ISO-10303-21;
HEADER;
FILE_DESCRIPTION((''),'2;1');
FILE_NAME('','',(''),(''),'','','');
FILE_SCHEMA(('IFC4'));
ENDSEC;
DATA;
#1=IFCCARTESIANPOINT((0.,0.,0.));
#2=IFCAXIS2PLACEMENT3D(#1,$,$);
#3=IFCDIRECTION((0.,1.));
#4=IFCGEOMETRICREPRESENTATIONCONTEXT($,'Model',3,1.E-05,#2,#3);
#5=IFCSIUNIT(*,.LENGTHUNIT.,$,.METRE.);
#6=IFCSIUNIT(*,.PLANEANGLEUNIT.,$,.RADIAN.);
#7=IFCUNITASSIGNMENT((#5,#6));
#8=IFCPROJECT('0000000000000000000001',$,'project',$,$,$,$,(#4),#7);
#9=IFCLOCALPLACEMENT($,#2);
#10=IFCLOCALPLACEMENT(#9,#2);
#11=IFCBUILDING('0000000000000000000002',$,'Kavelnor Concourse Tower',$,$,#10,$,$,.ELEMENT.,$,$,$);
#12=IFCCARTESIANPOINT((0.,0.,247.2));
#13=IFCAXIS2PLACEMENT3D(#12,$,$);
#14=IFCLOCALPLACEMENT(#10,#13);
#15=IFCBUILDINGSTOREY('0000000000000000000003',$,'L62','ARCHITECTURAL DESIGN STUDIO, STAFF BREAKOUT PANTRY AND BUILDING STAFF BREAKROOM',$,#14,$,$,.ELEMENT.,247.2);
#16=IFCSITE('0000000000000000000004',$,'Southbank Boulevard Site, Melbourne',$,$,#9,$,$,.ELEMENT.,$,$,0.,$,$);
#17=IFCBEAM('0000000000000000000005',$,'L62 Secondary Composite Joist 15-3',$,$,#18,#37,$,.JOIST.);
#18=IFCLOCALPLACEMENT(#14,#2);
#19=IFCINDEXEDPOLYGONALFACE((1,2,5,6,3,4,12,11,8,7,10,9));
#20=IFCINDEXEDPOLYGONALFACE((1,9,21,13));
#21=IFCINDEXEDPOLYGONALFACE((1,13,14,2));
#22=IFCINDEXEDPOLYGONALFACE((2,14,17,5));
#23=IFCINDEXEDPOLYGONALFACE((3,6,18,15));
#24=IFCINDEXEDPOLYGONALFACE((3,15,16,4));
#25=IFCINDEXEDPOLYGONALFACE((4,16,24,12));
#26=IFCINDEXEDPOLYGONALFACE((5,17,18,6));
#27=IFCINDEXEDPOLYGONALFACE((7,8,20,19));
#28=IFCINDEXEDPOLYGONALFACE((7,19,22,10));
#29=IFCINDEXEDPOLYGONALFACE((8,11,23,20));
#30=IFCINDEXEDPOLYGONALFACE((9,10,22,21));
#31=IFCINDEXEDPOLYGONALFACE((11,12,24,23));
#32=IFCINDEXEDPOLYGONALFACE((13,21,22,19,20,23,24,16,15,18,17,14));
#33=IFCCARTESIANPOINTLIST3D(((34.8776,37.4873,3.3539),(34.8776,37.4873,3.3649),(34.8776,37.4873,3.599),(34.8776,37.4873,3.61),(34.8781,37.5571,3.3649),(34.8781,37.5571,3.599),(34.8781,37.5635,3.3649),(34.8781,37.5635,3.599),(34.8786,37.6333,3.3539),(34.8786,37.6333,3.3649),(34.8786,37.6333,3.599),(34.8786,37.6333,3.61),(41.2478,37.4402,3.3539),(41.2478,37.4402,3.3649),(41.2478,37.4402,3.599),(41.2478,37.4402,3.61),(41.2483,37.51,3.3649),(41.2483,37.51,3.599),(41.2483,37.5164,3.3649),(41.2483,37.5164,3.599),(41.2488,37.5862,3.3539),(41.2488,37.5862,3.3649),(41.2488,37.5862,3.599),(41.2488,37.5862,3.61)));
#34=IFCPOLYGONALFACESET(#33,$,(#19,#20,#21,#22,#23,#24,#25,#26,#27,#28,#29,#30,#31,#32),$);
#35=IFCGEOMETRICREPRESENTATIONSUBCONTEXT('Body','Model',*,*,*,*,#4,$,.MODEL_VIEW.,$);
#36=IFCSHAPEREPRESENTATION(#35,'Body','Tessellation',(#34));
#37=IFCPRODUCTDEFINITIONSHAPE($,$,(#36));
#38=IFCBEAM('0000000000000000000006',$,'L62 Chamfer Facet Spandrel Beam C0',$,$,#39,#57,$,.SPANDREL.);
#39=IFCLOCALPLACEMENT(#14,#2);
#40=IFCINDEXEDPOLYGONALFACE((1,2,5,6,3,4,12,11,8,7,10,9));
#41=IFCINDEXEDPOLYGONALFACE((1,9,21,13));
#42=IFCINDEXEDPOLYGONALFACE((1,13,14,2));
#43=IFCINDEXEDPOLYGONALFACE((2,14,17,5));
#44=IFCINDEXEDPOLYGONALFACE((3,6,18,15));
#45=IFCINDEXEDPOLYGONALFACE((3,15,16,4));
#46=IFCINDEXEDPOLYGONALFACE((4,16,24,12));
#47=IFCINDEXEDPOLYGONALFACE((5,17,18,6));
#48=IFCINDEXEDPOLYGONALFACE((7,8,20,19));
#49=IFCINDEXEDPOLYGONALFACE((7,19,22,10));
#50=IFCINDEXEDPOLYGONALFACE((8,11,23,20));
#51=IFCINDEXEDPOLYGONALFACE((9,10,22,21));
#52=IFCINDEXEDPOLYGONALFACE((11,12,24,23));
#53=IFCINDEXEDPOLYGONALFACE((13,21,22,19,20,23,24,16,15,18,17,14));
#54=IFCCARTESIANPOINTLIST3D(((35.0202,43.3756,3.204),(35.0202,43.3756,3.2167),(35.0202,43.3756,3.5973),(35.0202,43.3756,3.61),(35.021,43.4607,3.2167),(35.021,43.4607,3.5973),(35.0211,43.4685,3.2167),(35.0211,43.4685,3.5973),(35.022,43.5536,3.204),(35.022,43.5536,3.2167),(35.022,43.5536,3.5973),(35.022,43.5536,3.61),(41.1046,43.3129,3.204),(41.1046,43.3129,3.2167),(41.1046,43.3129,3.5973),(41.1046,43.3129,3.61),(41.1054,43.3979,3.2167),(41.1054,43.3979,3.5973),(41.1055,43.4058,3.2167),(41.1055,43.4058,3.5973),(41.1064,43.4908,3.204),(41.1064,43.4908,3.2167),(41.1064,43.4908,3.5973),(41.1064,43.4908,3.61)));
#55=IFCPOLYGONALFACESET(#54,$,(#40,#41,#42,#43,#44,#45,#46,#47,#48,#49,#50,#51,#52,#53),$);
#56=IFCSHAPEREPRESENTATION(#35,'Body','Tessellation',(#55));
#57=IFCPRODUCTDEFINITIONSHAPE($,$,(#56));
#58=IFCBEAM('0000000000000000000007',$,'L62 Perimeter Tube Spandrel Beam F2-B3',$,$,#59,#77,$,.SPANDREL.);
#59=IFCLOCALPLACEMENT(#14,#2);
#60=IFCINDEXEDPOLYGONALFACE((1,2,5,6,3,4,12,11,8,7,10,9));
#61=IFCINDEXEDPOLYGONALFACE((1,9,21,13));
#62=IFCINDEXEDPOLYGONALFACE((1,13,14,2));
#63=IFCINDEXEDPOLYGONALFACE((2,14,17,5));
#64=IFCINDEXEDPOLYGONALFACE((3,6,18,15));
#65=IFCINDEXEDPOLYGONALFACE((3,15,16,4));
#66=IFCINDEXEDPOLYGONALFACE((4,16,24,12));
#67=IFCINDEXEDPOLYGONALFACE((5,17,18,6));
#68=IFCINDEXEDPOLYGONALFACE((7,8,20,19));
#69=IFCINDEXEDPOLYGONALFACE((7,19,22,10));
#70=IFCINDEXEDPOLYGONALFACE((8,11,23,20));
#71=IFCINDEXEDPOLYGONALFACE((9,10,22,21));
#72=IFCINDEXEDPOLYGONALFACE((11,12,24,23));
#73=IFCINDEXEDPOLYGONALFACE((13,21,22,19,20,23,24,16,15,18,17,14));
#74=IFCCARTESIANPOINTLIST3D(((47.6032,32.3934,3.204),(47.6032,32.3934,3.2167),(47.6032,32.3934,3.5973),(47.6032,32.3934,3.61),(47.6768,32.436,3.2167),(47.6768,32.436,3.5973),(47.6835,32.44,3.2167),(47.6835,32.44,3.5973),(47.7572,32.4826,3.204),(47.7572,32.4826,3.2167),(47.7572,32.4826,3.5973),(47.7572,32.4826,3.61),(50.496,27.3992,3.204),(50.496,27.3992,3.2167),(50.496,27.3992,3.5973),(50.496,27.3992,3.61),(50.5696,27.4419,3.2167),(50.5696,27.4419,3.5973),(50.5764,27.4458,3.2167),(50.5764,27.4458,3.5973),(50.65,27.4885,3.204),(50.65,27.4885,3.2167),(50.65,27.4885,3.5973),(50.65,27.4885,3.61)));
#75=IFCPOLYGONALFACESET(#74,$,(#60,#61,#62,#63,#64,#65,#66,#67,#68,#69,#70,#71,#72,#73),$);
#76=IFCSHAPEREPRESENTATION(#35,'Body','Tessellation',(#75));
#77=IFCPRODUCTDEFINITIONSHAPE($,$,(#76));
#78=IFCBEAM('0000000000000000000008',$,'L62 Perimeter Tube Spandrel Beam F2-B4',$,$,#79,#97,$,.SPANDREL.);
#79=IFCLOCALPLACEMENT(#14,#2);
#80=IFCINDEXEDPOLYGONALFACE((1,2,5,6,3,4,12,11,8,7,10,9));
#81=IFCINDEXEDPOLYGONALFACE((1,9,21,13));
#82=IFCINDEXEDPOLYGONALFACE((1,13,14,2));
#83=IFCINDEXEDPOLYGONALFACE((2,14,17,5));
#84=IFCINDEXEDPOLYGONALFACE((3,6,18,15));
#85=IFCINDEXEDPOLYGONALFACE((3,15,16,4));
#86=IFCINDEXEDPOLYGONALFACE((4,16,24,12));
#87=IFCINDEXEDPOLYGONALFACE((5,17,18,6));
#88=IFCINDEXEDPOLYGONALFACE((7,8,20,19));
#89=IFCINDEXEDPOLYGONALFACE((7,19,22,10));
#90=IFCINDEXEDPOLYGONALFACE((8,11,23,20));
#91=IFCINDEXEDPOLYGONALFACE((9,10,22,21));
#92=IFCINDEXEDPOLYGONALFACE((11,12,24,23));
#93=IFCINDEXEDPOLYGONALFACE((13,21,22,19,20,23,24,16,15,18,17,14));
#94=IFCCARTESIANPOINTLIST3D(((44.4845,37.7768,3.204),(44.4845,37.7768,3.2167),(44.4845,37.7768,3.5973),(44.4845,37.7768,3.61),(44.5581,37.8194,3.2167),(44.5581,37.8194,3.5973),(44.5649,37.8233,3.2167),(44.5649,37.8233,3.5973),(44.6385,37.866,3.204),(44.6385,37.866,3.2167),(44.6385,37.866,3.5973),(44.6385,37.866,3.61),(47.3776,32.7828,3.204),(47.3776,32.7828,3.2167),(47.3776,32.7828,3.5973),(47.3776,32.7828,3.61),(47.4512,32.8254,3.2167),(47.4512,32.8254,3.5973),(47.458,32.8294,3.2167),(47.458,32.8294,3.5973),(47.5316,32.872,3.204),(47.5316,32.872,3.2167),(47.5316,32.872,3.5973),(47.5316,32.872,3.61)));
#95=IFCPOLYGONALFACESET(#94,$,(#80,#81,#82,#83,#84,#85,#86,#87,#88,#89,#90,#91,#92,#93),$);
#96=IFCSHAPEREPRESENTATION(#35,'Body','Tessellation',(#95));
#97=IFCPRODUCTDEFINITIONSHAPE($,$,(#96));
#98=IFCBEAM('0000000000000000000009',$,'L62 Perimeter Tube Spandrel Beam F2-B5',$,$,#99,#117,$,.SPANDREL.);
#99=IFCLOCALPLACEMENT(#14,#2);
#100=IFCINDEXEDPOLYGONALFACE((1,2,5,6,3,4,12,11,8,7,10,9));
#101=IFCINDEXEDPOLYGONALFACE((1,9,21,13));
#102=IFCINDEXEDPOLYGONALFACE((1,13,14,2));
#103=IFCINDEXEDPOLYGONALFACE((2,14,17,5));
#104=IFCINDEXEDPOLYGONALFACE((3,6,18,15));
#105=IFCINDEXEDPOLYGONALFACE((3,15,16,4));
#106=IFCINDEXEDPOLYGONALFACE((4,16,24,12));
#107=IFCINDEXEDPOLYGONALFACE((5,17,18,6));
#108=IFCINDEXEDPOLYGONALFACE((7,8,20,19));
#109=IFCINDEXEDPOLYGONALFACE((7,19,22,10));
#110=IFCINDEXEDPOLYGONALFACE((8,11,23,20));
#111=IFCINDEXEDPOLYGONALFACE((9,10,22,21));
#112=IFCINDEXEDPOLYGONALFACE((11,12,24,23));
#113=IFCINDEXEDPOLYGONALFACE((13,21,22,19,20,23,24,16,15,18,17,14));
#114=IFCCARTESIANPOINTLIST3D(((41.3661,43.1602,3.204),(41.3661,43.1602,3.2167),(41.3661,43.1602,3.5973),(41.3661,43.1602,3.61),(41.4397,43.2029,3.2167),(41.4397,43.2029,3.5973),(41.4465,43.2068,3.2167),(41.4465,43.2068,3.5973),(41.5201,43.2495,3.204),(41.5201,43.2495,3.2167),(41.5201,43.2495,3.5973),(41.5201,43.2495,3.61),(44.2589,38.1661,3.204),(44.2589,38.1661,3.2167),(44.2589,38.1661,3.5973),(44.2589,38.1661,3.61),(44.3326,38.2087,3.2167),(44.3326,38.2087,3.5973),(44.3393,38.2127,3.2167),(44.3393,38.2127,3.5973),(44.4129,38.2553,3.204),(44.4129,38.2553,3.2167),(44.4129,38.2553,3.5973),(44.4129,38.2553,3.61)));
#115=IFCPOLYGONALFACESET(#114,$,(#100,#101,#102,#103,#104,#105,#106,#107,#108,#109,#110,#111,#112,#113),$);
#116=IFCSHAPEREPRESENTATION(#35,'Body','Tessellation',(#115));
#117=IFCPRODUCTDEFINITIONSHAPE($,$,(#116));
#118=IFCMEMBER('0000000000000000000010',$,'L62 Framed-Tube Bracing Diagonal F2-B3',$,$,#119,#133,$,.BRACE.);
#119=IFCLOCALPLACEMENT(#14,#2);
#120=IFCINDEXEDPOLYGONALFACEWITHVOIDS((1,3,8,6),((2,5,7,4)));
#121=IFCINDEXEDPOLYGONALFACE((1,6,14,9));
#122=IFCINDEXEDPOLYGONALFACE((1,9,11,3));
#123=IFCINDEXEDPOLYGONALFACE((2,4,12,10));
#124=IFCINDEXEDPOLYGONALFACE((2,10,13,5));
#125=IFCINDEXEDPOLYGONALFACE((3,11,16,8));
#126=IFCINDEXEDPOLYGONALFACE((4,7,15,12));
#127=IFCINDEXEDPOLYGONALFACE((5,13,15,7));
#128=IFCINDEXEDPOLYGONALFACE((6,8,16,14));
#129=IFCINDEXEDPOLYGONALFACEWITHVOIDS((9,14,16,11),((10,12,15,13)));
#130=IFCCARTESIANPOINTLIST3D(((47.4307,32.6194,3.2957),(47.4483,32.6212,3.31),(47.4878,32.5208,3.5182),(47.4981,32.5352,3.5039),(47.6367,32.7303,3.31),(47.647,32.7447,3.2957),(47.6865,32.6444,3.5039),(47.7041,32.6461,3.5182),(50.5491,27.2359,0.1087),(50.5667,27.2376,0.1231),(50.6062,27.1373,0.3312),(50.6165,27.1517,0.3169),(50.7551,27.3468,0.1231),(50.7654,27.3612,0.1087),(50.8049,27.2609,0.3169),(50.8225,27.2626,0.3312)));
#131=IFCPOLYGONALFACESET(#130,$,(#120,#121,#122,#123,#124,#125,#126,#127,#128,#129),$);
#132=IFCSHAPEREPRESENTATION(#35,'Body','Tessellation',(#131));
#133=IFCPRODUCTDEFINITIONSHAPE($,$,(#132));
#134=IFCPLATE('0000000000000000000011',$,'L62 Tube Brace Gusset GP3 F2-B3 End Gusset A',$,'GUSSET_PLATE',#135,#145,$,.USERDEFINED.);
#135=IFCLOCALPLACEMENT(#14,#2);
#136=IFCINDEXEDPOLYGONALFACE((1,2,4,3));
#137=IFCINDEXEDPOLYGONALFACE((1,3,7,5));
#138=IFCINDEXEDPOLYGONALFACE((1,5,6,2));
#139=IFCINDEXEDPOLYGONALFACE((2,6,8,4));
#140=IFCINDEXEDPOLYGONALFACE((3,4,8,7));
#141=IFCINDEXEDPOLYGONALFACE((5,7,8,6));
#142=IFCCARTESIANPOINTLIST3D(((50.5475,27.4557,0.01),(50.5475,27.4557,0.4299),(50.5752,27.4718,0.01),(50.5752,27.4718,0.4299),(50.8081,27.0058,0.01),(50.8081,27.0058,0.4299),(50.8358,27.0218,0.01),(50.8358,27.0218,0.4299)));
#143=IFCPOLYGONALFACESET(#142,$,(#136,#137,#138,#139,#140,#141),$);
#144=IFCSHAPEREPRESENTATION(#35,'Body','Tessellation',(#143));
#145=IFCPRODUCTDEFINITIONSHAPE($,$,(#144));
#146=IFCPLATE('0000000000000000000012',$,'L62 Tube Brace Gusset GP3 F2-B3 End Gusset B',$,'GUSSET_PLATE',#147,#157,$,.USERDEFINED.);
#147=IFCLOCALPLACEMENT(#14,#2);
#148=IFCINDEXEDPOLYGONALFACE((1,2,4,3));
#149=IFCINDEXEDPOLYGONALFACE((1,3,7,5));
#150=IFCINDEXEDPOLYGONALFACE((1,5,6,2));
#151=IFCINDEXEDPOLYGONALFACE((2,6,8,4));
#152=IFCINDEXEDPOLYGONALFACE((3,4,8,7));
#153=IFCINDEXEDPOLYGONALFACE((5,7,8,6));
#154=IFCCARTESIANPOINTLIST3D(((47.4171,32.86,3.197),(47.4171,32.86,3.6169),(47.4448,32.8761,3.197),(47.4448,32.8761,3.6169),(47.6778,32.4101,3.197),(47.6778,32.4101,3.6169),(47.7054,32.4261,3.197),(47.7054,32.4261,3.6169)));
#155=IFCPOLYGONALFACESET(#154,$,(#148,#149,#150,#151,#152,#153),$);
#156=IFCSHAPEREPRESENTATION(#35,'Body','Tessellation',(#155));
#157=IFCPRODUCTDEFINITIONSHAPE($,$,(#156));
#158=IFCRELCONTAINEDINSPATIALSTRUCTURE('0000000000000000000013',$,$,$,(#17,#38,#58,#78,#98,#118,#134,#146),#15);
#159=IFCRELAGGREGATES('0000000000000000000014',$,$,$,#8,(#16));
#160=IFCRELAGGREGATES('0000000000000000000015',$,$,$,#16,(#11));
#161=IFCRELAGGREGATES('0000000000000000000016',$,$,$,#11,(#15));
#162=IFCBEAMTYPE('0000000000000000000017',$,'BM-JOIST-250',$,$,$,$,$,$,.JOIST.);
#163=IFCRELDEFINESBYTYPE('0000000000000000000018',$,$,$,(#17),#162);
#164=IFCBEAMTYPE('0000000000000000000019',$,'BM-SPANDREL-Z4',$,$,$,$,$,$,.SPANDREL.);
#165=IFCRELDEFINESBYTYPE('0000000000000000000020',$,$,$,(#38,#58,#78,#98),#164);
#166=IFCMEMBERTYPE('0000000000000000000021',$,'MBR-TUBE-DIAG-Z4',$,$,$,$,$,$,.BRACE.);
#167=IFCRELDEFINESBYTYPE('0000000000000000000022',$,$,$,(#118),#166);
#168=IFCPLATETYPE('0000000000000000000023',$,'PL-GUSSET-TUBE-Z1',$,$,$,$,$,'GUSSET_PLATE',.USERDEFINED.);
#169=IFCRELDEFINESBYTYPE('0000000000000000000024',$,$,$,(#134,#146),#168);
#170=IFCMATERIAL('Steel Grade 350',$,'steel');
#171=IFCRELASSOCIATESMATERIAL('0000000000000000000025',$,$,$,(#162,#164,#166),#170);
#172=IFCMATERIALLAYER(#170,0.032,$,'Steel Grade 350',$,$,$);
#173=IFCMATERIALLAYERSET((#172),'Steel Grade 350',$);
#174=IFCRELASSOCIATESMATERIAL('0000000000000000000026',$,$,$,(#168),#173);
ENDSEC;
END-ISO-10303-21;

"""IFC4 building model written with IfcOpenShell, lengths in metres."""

from ifc_helpers import new_model, si_unit, direction, frame, origin, origin_2d, place, context, subcontext, project, spatial, rectangle, hollow_rectangle, i_section, extrude, material, layer, layer_set, material_profile, profile_set, type_object, element, save


model = new_model("IFC4")

# Units and contexts
model_context = context("Model", 3, precision=1e-05, world=origin(), true_north=direction((0.0, 1.0)))
body_context = subcontext(model_context, "Body", "Model", "MODEL_VIEW")
ifc_project = project(units=[si_unit("LENGTHUNIT", "METRE"), si_unit("PLANEANGLEUNIT", "RADIAN")], contexts=[model_context])

# Site, building, storey
site_placement = place(None, origin())
site = spatial("IfcSite", under=ifc_project, at=site_placement, Name="Southbank Boulevard Site, Melbourne", CompositionType="ELEMENT", RefElevation=0.0)
building_placement = place(site_placement, origin())
building = spatial("IfcBuilding", under=site, at=building_placement, Name="Kavelnor Concourse Tower", CompositionType="ELEMENT")
storey_placement = place(building_placement, frame((0.0, 0.0, 247.2)))
storey = spatial("IfcBuildingStorey", under=building, at=storey_placement, Name="L62", Description="ARCHITECTURAL DESIGN STUDIO, STAFF BREAKOUT PANTRY AND BUILDING STAFF BREAKROOM", CompositionType="ELEMENT", Elevation=247.2)

# Shared definitions
ifc_material_1 = material(Name="Steel Grade 350", Category="steel")

# Beams
ifc_material_profile_1 = material_profile(ifc_material_1, i_section(OverallWidth=0.146, OverallDepth=0.2561, WebThickness=0.0063, FlangeThickness=0.011, at=origin_2d()), Name="250UB37")
ifc_profile_set_1 = profile_set([ifc_material_profile_1], Name="Steel Grade 350")
beam_type_1 = type_object("IfcBeamType", Name="BM-JOIST-250", PredefinedType="JOIST", material=ifc_profile_set_1)
beam_1_placement = place(storey_placement, frame((41.2483, 37.5132, 3.4819), z_axis=(-0.999973, 0.007397, 0.0), x_axis=(-0.007397, -0.999973, 0.0)))
element("IfcBeam", 1, at=beam_1_placement, inside=storey, type_object=beam_type_1, Name="L62 Secondary Composite Joist 15-3", PredefinedType="JOIST", context=body_context, shape_type="SweptSolid", body=[
    extrude(i_section(OverallWidth=0.146, OverallDepth=0.2561, WebThickness=0.0063, FlangeThickness=0.011, at=origin_2d()), origin(), (0.0, 0.0, 1.0), 6.3704),
])
ifc_material_profile_2 = material_profile(ifc_material_1, i_section(OverallWidth=0.178, OverallDepth=0.406, WebThickness=0.0078, FlangeThickness=0.0127, at=origin_2d()), Name="410UB59")
ifc_profile_set_2 = profile_set([ifc_material_profile_2], Name="Steel Grade 350")
beam_type_2 = type_object("IfcBeamType", Name="BM-SPANDREL-Z4", PredefinedType="SPANDREL", material=ifc_profile_set_2)
beam_2_placement = place(storey_placement, frame((41.1055, 43.4019, 3.407), z_axis=(-0.999947, 0.010312, 0.0), x_axis=(-0.010312, -0.999947, 0.0)))
element("IfcBeam", 2, at=beam_2_placement, inside=storey, type_object=beam_type_2, Name="L62 Chamfer Facet Spandrel Beam C0", PredefinedType="SPANDREL", context=body_context, shape_type="SweptSolid", body=[
    extrude(i_section(OverallWidth=0.178, OverallDepth=0.406, WebThickness=0.0078, FlangeThickness=0.0127, at=origin_2d()), origin(), (0.0, 0.0, 1.0), 6.0847),
])
for number, where, z_axis, x_axis, name in (
    (3, (50.573, 27.4438, 3.407), (-0.501228, 0.865315, 0.0), (-0.865315, -0.501228, 0.0), "L62 Perimeter Tube Spandrel Beam F2-B3"),
    (4, (47.4546, 32.8274, 3.407), (-0.501278, 0.865286, 0.0), (-0.865286, -0.501278, 0.0), "L62 Perimeter Tube Spandrel Beam F2-B4"),
    (5, (44.3359, 38.2107, 3.407), (-0.501228, 0.865315, 0.0), (-0.865315, -0.501228, 0.0), "L62 Perimeter Tube Spandrel Beam F2-B5"),
):
    element("IfcBeam", number, at=place(storey_placement, frame(where, z_axis=z_axis, x_axis=x_axis)), inside=storey, type_object=beam_type_2, Name=name, PredefinedType="SPANDREL", context=body_context, shape_type="SweptSolid", body=[
        extrude(i_section(OverallWidth=0.178, OverallDepth=0.406, WebThickness=0.0078, FlangeThickness=0.0127, at=origin_2d()), origin(), (0.0, 0.0, 1.0), 5.7715),
    ])

# Member
ifc_material_profile_3 = material_profile(ifc_material_1, hollow_rectangle(XDim=0.25, YDim=0.25, WallThickness=0.0161, at=origin_2d()), Name="SHS 250x250x16")
ifc_profile_set_3 = profile_set([ifc_material_profile_3], Name="Steel Grade 350")
member_type = type_object("IfcMemberType", Name="MBR-TUBE-DIAG-Z4", PredefinedType="BRACE", material=ifc_profile_set_3)
member_placement = place(storey_placement, frame((50.6858, 27.2493, 0.22), z_axis=(-0.446106, 0.770147, 0.45592), x_axis=(-0.865313, -0.501231, 0.0)))
element("IfcMember", 6, at=member_placement, inside=storey, type_object=member_type, Name="L62 Framed-Tube Bracing Diagonal F2-B3", PredefinedType="BRACE", context=body_context, shape_type="SweptSolid", body=[
    extrude(hollow_rectangle(XDim=0.25, YDim=0.25, WallThickness=0.0161, at=origin_2d()), origin(), (0.0, 0.0, 1.0), 6.9902),
])

# Plates
ifc_layer_1 = layer(ifc_material_1, 0.032, Name="Steel Grade 350")
ifc_layer_set_1 = layer_set([ifc_layer_1], Name="Steel Grade 350")
plate_type = type_object("IfcPlateType", Name="PL-GUSSET-TUBE-Z1", ElementType="GUSSET_PLATE", PredefinedType="USERDEFINED", material=ifc_layer_set_1)
for number, where, z_axis, x_axis, name in (
    (7, (50.6917, 27.2388, 0.01), (0.0, 0.0, 1.0), (-0.501209, 0.865326, 0.0), "L62 Tube Brace Gusset GP3 F2-B3 End Gusset A"),
    (8, (47.5613, 32.6431, 3.197), (0.0, 0.0, 1.0), (-0.501209, 0.865326, 0.0), "L62 Tube Brace Gusset GP3 F2-B3 End Gusset B"),
):
    element("IfcPlate", number, at=place(storey_placement, frame(where, z_axis=z_axis, x_axis=x_axis)), inside=storey, type_object=plate_type, Name=name, ObjectType="GUSSET_PLATE", PredefinedType="USERDEFINED", context=body_context, shape_type="SweptSolid", body=[
        extrude(rectangle(XDim=0.52, YDim=0.032, at=origin_2d()), origin(), (0.0, 0.0, 1.0), 0.4199),
    ])

save(model, "model.ifc")
